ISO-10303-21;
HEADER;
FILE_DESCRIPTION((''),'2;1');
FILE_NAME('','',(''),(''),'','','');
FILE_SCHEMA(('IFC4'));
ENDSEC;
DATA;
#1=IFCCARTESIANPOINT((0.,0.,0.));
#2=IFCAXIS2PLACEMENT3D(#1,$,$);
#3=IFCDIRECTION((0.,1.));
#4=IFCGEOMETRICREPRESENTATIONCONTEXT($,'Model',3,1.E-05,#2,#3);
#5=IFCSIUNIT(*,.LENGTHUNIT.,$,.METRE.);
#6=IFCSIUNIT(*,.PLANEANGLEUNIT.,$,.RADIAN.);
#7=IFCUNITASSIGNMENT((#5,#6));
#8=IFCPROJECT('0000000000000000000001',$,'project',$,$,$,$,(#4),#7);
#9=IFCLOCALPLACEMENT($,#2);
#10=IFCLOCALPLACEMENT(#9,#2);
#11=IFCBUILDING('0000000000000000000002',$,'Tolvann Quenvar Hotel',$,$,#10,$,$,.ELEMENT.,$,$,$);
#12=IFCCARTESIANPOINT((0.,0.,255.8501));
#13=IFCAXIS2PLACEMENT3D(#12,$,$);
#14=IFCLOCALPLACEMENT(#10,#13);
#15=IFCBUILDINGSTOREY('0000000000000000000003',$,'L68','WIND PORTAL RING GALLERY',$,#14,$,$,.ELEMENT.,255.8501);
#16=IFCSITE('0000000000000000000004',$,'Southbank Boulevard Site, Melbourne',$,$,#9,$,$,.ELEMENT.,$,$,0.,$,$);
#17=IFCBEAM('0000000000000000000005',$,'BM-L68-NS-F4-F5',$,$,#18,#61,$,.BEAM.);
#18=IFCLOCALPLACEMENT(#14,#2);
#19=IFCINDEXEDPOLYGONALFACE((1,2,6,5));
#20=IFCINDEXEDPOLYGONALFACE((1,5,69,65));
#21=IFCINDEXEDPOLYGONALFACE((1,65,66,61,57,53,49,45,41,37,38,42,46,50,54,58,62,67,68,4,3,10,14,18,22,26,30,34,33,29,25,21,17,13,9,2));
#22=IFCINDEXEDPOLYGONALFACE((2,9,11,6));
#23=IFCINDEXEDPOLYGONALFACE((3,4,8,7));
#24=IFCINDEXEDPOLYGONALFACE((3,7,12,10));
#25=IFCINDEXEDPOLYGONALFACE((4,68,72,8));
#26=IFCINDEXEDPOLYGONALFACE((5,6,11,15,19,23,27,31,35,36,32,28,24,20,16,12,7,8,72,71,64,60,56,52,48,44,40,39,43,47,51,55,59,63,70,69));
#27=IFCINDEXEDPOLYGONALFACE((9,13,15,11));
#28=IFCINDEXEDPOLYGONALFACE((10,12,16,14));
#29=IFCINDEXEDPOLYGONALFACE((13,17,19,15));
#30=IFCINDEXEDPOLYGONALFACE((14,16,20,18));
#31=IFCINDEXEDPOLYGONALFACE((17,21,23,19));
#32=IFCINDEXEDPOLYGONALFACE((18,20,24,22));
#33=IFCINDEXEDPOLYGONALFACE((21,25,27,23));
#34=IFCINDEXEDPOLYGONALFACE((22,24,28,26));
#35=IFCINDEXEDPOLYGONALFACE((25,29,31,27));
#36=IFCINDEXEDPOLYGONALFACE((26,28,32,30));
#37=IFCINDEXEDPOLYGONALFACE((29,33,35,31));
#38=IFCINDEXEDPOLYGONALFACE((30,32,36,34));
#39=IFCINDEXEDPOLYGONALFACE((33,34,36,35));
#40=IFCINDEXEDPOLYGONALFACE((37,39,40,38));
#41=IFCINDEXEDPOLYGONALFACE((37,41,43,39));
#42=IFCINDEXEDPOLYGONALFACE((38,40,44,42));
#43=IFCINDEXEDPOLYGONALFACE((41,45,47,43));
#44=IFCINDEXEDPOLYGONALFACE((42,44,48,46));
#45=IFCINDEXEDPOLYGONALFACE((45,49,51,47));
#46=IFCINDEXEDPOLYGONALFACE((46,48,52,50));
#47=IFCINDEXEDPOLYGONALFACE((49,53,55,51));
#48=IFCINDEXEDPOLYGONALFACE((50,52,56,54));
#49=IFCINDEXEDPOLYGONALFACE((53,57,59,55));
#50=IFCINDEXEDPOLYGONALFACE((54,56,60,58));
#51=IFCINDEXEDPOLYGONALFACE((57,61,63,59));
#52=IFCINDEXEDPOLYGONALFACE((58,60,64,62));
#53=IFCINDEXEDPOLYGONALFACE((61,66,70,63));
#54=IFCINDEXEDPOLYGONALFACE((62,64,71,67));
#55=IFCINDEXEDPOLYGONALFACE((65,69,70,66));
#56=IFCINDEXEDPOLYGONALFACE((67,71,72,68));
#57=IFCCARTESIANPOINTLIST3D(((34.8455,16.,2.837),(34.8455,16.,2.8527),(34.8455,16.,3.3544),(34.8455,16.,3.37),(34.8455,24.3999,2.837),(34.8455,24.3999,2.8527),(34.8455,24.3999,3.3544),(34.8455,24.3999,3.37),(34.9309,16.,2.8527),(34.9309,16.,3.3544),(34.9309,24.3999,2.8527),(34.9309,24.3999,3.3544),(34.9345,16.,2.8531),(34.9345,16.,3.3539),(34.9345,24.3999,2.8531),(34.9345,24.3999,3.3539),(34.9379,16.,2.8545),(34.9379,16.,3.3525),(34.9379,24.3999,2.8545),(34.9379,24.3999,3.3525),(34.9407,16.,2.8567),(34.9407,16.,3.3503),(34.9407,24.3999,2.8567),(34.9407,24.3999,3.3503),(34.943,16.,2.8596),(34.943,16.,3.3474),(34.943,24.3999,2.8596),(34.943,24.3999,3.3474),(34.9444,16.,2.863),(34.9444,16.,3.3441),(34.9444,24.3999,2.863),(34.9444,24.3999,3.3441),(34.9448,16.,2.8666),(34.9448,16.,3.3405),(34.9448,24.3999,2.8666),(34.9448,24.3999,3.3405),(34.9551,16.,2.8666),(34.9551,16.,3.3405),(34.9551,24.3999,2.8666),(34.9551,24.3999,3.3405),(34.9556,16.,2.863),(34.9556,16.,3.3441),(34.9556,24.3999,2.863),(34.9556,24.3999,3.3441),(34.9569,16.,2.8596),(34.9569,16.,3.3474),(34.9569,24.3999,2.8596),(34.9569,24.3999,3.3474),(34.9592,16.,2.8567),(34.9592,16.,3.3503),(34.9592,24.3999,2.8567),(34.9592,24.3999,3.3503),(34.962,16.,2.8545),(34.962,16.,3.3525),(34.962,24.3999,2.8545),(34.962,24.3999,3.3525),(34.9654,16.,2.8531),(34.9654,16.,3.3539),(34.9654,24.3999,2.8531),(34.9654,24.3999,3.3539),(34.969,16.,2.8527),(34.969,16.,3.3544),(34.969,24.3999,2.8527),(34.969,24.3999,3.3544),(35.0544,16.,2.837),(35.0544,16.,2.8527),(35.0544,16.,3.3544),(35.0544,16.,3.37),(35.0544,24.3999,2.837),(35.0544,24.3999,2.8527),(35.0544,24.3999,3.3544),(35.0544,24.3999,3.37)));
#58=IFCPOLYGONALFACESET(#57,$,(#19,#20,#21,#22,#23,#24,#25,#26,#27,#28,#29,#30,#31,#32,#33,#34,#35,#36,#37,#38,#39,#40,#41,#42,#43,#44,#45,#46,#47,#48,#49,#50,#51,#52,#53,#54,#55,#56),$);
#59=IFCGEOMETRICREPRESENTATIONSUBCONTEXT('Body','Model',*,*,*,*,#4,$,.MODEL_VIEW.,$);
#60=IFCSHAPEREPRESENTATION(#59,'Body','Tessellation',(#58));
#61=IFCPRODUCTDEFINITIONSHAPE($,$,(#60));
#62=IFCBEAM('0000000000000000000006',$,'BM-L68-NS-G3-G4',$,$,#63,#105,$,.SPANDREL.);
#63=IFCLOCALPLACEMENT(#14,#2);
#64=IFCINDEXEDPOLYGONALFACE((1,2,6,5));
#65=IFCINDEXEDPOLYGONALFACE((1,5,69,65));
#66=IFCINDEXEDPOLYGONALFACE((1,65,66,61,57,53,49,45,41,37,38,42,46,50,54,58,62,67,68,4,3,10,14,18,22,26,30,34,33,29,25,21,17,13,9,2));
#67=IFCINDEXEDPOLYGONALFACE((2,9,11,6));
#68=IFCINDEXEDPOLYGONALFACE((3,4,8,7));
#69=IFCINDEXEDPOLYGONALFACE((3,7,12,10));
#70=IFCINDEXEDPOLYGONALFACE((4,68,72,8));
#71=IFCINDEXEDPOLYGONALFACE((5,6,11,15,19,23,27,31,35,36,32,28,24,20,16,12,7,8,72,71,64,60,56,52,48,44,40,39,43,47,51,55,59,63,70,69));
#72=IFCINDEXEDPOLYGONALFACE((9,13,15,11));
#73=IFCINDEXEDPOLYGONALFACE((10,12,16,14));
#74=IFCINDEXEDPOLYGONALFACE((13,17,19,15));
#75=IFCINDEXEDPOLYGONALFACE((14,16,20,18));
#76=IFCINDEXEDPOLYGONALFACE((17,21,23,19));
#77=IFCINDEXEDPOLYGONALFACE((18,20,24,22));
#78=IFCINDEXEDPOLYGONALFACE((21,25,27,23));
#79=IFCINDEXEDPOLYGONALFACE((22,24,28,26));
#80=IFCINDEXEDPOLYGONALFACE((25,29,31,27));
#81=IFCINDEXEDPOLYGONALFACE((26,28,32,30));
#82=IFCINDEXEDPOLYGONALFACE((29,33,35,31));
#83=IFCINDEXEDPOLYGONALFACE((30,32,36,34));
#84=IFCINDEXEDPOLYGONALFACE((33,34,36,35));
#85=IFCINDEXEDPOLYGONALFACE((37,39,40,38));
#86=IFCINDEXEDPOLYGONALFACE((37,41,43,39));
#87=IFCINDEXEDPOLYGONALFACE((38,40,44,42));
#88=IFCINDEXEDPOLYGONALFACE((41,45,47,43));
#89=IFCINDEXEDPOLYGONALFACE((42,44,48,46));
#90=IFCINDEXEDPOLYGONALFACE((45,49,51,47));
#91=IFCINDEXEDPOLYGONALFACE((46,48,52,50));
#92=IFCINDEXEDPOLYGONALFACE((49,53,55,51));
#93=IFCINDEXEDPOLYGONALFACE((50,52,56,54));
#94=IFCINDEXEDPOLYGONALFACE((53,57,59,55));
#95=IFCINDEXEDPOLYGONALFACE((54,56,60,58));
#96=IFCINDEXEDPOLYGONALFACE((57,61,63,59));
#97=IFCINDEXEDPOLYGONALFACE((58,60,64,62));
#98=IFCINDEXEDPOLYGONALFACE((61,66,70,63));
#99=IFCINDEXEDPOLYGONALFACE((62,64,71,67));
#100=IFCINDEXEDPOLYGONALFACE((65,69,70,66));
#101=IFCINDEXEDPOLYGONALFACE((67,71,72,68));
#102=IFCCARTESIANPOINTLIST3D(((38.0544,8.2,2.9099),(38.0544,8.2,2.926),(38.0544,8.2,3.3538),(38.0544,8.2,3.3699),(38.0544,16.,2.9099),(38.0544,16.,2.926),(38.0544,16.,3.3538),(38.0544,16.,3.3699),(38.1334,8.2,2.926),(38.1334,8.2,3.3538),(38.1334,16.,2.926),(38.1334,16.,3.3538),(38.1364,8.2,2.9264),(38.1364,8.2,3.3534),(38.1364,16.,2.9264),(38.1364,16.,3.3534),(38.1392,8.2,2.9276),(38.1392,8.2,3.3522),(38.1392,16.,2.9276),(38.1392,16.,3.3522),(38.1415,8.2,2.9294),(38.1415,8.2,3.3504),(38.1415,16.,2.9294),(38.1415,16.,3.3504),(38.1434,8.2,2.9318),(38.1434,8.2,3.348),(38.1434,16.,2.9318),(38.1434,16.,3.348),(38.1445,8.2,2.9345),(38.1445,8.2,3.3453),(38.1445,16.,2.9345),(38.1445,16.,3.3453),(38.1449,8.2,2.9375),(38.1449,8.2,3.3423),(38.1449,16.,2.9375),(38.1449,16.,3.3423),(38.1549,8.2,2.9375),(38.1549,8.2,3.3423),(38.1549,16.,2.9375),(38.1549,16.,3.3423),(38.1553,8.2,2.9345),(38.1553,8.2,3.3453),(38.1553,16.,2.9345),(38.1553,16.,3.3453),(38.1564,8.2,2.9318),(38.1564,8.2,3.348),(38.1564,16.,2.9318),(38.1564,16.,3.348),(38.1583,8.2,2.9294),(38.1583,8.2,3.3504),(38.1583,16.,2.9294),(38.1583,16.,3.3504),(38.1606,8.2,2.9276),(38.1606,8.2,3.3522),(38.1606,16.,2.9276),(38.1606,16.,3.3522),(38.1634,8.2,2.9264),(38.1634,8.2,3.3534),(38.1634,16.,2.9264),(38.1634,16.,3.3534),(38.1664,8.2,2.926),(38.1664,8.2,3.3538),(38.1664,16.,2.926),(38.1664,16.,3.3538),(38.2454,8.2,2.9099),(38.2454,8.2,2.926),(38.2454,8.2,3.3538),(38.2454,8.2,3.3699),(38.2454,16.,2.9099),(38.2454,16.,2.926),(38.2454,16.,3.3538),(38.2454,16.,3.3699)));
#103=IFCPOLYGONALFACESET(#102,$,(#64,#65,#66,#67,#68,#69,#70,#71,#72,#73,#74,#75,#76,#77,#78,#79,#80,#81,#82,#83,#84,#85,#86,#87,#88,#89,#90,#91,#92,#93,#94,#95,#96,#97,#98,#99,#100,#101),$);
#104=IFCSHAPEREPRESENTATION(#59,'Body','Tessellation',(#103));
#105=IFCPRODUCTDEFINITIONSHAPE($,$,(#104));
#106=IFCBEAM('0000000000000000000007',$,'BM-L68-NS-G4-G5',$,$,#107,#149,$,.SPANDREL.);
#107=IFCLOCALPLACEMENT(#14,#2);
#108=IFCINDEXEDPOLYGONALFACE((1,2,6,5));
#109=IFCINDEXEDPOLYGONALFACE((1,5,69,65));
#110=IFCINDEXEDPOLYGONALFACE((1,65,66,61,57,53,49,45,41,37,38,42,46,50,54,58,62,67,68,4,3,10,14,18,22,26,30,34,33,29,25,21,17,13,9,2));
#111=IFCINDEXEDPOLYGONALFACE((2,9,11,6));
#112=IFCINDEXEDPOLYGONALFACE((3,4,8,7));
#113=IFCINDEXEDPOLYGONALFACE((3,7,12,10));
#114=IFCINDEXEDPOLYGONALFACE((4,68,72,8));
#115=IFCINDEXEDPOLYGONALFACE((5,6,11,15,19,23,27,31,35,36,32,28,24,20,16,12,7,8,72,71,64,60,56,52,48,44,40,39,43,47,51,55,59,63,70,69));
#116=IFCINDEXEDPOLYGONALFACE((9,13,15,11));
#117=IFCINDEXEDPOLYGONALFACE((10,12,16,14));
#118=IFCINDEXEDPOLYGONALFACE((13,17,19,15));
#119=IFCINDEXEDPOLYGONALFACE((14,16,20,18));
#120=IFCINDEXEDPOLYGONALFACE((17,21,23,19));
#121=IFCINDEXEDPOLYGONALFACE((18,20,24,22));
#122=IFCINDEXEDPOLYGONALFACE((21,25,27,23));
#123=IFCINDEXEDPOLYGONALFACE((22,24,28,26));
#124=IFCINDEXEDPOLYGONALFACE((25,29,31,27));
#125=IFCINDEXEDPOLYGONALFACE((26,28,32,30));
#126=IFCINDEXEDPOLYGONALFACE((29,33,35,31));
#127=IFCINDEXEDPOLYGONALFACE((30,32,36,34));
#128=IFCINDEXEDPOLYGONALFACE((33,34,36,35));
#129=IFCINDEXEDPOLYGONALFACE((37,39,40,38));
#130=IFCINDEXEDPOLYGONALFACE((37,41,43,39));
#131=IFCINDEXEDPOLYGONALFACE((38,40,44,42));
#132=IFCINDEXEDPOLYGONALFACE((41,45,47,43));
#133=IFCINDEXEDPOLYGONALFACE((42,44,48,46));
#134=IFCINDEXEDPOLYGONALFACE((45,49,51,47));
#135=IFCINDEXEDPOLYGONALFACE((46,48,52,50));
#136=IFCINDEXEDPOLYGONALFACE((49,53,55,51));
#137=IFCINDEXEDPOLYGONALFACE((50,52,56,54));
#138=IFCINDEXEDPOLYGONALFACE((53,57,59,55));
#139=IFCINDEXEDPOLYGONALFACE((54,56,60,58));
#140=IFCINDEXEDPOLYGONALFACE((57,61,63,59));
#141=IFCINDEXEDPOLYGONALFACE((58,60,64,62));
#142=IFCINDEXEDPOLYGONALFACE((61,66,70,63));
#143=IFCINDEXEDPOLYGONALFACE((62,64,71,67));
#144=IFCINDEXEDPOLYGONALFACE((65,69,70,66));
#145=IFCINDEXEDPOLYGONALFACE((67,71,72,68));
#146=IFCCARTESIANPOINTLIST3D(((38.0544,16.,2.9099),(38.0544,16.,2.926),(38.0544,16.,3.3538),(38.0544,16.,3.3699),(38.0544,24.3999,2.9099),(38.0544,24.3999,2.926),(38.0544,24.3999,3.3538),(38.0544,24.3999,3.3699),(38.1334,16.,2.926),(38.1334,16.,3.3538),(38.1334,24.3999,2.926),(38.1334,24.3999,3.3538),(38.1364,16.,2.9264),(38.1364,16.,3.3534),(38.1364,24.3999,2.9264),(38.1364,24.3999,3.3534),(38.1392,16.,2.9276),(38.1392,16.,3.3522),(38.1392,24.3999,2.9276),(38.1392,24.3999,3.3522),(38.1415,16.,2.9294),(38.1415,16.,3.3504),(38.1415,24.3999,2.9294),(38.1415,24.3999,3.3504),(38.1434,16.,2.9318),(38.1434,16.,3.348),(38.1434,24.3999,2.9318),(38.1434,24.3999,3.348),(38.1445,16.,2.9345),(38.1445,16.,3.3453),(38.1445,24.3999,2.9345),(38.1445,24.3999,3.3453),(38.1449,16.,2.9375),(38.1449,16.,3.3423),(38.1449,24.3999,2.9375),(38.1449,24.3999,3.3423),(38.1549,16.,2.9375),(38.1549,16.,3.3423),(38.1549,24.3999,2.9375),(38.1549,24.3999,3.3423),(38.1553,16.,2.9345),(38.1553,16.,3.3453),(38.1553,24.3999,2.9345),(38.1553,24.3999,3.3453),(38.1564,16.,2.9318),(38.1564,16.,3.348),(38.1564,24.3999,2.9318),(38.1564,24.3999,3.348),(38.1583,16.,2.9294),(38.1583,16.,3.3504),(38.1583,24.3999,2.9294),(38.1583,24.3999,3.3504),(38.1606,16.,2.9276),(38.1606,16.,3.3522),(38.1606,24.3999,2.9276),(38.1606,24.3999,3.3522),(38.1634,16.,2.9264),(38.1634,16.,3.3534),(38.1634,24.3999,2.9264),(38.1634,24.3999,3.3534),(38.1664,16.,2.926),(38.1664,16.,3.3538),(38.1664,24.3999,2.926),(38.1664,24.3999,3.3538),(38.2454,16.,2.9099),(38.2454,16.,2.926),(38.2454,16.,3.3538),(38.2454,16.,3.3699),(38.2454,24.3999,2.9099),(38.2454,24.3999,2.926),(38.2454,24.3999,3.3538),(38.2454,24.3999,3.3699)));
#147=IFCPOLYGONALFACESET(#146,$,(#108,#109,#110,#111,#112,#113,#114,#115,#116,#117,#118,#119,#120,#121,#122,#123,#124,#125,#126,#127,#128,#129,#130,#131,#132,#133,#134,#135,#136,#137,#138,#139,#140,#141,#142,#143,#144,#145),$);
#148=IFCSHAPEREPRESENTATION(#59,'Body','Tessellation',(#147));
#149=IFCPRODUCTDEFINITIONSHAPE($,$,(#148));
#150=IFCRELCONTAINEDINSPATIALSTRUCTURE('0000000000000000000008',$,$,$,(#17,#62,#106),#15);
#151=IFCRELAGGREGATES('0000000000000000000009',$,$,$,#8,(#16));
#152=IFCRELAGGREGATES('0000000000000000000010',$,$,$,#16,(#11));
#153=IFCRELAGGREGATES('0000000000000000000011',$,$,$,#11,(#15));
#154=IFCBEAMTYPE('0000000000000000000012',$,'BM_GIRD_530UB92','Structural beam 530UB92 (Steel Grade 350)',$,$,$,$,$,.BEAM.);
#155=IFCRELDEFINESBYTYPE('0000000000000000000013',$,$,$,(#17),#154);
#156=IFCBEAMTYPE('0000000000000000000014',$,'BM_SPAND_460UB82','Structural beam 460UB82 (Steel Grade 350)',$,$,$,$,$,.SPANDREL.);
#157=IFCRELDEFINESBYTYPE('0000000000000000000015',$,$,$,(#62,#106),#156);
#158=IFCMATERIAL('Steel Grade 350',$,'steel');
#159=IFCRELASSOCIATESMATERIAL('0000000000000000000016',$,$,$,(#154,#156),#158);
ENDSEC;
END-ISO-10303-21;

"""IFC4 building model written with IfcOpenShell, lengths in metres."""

from ifc_helpers import new_model, si_unit, direction, frame, origin, origin_2d, place, context, subcontext, project, spatial, i_section, extrude, source, transform, mapped, material, material_profile, profile_set, type_object, type_shapes, element, save


model = new_model("IFC4")

# Units and contexts
model_context = context("Model", 3, precision=1e-05, world=origin(), true_north=direction((0.0, 1.0)))
body_context = subcontext(model_context, "Body", "Model", "MODEL_VIEW")
ifc_project = project(units=[si_unit("LENGTHUNIT", "METRE"), si_unit("PLANEANGLEUNIT", "RADIAN")], contexts=[model_context])

# Site, building, storey
site_placement = place(None, origin())
site = spatial("IfcSite", under=ifc_project, at=site_placement, Name="Southbank Boulevard Site, Melbourne", CompositionType="ELEMENT", RefElevation=0.0)
building_placement = place(site_placement, origin())
building = spatial("IfcBuilding", under=site, at=building_placement, Name="Tolvann Quenvar Hotel", CompositionType="ELEMENT")
storey_placement = place(building_placement, frame((0.0, 0.0, 255.8501)))
storey = spatial("IfcBuildingStorey", under=building, at=storey_placement, Name="L68", Description="WIND PORTAL RING GALLERY", CompositionType="ELEMENT", Elevation=255.8501)

# Shared definitions
ifc_material_1 = material(Name="Steel Grade 350", Category="steel")

# Beams
ifc_material_profile_1 = material_profile(ifc_material_1, i_section(OverallWidth=0.209, OverallDepth=0.533, WebThickness=0.0103, FlangeThickness=0.0156, FilletRadius=0.0139, at=origin_2d()), Name="530UB92")
ifc_profile_set_1 = profile_set([ifc_material_profile_1], Name="Steel Grade 350")
beam_type_1 = type_object("IfcBeamType", Name="BM_GIRD_530UB92", Description="Structural beam 530UB92 (Steel Grade 350)", PredefinedType="BEAM", material=ifc_profile_set_1)
shared_shape_1 = source(origin(), body_context, "Body", "SweptSolid", [
    extrude(i_section(OverallWidth=0.209, OverallDepth=0.533, WebThickness=0.0103, FlangeThickness=0.0156, FilletRadius=0.0139, at=origin_2d()), origin(), (0.0, 0.0, 1.0), 8.3999),
])
beam_1_placement = place(storey_placement, frame((34.95, 16.0, 3.1035), z_axis=(0.0, 1.0, 0.0), x_axis=(-1.0, 0.0, 0.0)))
element("IfcBeam", 1, at=beam_1_placement, inside=storey, type_object=beam_type_1, Name="BM-L68-NS-F4-F5", PredefinedType="BEAM", context=body_context, shape_type="MappedRepresentation", body=[
    mapped(shared_shape_1, transform((0.0, 0.0, 0.0), x_axis=(1.0, 0.0, 0.0), y_axis=(0.0, 1.0, 0.0), z_axis=(0.0, 0.0, 1.0), scale=1.0)),
])
ifc_material_profile_2 = material_profile(ifc_material_1, i_section(OverallWidth=0.1909, OverallDepth=0.46, WebThickness=0.01, FlangeThickness=0.0161, FilletRadius=0.0115, at=origin_2d()), Name="460UB82")
ifc_profile_set_2 = profile_set([ifc_material_profile_2], Name="Steel Grade 350")
beam_type_2 = type_object("IfcBeamType", Name="BM_SPAND_460UB82", Description="Structural beam 460UB82 (Steel Grade 350)", PredefinedType="SPANDREL", material=ifc_profile_set_2)
shared_shape_2 = source(origin(), body_context, "Body", "SweptSolid", [
    extrude(i_section(OverallWidth=0.1909, OverallDepth=0.46, WebThickness=0.01, FlangeThickness=0.0161, FilletRadius=0.0115, at=origin_2d()), origin(), (0.0, 0.0, 1.0), 7.8),
])
beam_2_placement = place(storey_placement, frame((38.1499, 8.2, 3.1399), z_axis=(0.0, 1.0, 0.0), x_axis=(-1.0, 0.0, 0.0)))
element("IfcBeam", 2, at=beam_2_placement, inside=storey, type_object=beam_type_2, Name="BM-L68-NS-G3-G4", PredefinedType="SPANDREL", context=body_context, shape_type="MappedRepresentation", body=[
    mapped(shared_shape_2, transform((0.0, 0.0, 0.0), x_axis=(1.0, 0.0, 0.0), y_axis=(0.0, 1.0, 0.0), z_axis=(0.0, 0.0, 1.0), scale=1.0)),
])
shared_shape_3 = source(origin(), body_context, "Body", "SweptSolid", [
    extrude(i_section(OverallWidth=0.1909, OverallDepth=0.46, WebThickness=0.01, FlangeThickness=0.0161, FilletRadius=0.0115, at=origin_2d()), origin(), (0.0, 0.0, 1.0), 8.3999),
])
type_shapes(beam_type_2, [shared_shape_2, shared_shape_3])
beam_3_placement = place(storey_placement, frame((38.1499, 16.0, 3.1399), z_axis=(0.0, 1.0, 0.0), x_axis=(-1.0, 0.0, 0.0)))
element("IfcBeam", 3, at=beam_3_placement, inside=storey, type_object=beam_type_2, Name="BM-L68-NS-G4-G5", PredefinedType="SPANDREL", context=body_context, shape_type="MappedRepresentation", body=[
    mapped(shared_shape_3, transform((0.0, 0.0, 0.0), x_axis=(1.0, 0.0, 0.0), y_axis=(0.0, 1.0, 0.0), z_axis=(0.0, 0.0, 1.0), scale=1.0)),
])

save(model, "model.ifc")
